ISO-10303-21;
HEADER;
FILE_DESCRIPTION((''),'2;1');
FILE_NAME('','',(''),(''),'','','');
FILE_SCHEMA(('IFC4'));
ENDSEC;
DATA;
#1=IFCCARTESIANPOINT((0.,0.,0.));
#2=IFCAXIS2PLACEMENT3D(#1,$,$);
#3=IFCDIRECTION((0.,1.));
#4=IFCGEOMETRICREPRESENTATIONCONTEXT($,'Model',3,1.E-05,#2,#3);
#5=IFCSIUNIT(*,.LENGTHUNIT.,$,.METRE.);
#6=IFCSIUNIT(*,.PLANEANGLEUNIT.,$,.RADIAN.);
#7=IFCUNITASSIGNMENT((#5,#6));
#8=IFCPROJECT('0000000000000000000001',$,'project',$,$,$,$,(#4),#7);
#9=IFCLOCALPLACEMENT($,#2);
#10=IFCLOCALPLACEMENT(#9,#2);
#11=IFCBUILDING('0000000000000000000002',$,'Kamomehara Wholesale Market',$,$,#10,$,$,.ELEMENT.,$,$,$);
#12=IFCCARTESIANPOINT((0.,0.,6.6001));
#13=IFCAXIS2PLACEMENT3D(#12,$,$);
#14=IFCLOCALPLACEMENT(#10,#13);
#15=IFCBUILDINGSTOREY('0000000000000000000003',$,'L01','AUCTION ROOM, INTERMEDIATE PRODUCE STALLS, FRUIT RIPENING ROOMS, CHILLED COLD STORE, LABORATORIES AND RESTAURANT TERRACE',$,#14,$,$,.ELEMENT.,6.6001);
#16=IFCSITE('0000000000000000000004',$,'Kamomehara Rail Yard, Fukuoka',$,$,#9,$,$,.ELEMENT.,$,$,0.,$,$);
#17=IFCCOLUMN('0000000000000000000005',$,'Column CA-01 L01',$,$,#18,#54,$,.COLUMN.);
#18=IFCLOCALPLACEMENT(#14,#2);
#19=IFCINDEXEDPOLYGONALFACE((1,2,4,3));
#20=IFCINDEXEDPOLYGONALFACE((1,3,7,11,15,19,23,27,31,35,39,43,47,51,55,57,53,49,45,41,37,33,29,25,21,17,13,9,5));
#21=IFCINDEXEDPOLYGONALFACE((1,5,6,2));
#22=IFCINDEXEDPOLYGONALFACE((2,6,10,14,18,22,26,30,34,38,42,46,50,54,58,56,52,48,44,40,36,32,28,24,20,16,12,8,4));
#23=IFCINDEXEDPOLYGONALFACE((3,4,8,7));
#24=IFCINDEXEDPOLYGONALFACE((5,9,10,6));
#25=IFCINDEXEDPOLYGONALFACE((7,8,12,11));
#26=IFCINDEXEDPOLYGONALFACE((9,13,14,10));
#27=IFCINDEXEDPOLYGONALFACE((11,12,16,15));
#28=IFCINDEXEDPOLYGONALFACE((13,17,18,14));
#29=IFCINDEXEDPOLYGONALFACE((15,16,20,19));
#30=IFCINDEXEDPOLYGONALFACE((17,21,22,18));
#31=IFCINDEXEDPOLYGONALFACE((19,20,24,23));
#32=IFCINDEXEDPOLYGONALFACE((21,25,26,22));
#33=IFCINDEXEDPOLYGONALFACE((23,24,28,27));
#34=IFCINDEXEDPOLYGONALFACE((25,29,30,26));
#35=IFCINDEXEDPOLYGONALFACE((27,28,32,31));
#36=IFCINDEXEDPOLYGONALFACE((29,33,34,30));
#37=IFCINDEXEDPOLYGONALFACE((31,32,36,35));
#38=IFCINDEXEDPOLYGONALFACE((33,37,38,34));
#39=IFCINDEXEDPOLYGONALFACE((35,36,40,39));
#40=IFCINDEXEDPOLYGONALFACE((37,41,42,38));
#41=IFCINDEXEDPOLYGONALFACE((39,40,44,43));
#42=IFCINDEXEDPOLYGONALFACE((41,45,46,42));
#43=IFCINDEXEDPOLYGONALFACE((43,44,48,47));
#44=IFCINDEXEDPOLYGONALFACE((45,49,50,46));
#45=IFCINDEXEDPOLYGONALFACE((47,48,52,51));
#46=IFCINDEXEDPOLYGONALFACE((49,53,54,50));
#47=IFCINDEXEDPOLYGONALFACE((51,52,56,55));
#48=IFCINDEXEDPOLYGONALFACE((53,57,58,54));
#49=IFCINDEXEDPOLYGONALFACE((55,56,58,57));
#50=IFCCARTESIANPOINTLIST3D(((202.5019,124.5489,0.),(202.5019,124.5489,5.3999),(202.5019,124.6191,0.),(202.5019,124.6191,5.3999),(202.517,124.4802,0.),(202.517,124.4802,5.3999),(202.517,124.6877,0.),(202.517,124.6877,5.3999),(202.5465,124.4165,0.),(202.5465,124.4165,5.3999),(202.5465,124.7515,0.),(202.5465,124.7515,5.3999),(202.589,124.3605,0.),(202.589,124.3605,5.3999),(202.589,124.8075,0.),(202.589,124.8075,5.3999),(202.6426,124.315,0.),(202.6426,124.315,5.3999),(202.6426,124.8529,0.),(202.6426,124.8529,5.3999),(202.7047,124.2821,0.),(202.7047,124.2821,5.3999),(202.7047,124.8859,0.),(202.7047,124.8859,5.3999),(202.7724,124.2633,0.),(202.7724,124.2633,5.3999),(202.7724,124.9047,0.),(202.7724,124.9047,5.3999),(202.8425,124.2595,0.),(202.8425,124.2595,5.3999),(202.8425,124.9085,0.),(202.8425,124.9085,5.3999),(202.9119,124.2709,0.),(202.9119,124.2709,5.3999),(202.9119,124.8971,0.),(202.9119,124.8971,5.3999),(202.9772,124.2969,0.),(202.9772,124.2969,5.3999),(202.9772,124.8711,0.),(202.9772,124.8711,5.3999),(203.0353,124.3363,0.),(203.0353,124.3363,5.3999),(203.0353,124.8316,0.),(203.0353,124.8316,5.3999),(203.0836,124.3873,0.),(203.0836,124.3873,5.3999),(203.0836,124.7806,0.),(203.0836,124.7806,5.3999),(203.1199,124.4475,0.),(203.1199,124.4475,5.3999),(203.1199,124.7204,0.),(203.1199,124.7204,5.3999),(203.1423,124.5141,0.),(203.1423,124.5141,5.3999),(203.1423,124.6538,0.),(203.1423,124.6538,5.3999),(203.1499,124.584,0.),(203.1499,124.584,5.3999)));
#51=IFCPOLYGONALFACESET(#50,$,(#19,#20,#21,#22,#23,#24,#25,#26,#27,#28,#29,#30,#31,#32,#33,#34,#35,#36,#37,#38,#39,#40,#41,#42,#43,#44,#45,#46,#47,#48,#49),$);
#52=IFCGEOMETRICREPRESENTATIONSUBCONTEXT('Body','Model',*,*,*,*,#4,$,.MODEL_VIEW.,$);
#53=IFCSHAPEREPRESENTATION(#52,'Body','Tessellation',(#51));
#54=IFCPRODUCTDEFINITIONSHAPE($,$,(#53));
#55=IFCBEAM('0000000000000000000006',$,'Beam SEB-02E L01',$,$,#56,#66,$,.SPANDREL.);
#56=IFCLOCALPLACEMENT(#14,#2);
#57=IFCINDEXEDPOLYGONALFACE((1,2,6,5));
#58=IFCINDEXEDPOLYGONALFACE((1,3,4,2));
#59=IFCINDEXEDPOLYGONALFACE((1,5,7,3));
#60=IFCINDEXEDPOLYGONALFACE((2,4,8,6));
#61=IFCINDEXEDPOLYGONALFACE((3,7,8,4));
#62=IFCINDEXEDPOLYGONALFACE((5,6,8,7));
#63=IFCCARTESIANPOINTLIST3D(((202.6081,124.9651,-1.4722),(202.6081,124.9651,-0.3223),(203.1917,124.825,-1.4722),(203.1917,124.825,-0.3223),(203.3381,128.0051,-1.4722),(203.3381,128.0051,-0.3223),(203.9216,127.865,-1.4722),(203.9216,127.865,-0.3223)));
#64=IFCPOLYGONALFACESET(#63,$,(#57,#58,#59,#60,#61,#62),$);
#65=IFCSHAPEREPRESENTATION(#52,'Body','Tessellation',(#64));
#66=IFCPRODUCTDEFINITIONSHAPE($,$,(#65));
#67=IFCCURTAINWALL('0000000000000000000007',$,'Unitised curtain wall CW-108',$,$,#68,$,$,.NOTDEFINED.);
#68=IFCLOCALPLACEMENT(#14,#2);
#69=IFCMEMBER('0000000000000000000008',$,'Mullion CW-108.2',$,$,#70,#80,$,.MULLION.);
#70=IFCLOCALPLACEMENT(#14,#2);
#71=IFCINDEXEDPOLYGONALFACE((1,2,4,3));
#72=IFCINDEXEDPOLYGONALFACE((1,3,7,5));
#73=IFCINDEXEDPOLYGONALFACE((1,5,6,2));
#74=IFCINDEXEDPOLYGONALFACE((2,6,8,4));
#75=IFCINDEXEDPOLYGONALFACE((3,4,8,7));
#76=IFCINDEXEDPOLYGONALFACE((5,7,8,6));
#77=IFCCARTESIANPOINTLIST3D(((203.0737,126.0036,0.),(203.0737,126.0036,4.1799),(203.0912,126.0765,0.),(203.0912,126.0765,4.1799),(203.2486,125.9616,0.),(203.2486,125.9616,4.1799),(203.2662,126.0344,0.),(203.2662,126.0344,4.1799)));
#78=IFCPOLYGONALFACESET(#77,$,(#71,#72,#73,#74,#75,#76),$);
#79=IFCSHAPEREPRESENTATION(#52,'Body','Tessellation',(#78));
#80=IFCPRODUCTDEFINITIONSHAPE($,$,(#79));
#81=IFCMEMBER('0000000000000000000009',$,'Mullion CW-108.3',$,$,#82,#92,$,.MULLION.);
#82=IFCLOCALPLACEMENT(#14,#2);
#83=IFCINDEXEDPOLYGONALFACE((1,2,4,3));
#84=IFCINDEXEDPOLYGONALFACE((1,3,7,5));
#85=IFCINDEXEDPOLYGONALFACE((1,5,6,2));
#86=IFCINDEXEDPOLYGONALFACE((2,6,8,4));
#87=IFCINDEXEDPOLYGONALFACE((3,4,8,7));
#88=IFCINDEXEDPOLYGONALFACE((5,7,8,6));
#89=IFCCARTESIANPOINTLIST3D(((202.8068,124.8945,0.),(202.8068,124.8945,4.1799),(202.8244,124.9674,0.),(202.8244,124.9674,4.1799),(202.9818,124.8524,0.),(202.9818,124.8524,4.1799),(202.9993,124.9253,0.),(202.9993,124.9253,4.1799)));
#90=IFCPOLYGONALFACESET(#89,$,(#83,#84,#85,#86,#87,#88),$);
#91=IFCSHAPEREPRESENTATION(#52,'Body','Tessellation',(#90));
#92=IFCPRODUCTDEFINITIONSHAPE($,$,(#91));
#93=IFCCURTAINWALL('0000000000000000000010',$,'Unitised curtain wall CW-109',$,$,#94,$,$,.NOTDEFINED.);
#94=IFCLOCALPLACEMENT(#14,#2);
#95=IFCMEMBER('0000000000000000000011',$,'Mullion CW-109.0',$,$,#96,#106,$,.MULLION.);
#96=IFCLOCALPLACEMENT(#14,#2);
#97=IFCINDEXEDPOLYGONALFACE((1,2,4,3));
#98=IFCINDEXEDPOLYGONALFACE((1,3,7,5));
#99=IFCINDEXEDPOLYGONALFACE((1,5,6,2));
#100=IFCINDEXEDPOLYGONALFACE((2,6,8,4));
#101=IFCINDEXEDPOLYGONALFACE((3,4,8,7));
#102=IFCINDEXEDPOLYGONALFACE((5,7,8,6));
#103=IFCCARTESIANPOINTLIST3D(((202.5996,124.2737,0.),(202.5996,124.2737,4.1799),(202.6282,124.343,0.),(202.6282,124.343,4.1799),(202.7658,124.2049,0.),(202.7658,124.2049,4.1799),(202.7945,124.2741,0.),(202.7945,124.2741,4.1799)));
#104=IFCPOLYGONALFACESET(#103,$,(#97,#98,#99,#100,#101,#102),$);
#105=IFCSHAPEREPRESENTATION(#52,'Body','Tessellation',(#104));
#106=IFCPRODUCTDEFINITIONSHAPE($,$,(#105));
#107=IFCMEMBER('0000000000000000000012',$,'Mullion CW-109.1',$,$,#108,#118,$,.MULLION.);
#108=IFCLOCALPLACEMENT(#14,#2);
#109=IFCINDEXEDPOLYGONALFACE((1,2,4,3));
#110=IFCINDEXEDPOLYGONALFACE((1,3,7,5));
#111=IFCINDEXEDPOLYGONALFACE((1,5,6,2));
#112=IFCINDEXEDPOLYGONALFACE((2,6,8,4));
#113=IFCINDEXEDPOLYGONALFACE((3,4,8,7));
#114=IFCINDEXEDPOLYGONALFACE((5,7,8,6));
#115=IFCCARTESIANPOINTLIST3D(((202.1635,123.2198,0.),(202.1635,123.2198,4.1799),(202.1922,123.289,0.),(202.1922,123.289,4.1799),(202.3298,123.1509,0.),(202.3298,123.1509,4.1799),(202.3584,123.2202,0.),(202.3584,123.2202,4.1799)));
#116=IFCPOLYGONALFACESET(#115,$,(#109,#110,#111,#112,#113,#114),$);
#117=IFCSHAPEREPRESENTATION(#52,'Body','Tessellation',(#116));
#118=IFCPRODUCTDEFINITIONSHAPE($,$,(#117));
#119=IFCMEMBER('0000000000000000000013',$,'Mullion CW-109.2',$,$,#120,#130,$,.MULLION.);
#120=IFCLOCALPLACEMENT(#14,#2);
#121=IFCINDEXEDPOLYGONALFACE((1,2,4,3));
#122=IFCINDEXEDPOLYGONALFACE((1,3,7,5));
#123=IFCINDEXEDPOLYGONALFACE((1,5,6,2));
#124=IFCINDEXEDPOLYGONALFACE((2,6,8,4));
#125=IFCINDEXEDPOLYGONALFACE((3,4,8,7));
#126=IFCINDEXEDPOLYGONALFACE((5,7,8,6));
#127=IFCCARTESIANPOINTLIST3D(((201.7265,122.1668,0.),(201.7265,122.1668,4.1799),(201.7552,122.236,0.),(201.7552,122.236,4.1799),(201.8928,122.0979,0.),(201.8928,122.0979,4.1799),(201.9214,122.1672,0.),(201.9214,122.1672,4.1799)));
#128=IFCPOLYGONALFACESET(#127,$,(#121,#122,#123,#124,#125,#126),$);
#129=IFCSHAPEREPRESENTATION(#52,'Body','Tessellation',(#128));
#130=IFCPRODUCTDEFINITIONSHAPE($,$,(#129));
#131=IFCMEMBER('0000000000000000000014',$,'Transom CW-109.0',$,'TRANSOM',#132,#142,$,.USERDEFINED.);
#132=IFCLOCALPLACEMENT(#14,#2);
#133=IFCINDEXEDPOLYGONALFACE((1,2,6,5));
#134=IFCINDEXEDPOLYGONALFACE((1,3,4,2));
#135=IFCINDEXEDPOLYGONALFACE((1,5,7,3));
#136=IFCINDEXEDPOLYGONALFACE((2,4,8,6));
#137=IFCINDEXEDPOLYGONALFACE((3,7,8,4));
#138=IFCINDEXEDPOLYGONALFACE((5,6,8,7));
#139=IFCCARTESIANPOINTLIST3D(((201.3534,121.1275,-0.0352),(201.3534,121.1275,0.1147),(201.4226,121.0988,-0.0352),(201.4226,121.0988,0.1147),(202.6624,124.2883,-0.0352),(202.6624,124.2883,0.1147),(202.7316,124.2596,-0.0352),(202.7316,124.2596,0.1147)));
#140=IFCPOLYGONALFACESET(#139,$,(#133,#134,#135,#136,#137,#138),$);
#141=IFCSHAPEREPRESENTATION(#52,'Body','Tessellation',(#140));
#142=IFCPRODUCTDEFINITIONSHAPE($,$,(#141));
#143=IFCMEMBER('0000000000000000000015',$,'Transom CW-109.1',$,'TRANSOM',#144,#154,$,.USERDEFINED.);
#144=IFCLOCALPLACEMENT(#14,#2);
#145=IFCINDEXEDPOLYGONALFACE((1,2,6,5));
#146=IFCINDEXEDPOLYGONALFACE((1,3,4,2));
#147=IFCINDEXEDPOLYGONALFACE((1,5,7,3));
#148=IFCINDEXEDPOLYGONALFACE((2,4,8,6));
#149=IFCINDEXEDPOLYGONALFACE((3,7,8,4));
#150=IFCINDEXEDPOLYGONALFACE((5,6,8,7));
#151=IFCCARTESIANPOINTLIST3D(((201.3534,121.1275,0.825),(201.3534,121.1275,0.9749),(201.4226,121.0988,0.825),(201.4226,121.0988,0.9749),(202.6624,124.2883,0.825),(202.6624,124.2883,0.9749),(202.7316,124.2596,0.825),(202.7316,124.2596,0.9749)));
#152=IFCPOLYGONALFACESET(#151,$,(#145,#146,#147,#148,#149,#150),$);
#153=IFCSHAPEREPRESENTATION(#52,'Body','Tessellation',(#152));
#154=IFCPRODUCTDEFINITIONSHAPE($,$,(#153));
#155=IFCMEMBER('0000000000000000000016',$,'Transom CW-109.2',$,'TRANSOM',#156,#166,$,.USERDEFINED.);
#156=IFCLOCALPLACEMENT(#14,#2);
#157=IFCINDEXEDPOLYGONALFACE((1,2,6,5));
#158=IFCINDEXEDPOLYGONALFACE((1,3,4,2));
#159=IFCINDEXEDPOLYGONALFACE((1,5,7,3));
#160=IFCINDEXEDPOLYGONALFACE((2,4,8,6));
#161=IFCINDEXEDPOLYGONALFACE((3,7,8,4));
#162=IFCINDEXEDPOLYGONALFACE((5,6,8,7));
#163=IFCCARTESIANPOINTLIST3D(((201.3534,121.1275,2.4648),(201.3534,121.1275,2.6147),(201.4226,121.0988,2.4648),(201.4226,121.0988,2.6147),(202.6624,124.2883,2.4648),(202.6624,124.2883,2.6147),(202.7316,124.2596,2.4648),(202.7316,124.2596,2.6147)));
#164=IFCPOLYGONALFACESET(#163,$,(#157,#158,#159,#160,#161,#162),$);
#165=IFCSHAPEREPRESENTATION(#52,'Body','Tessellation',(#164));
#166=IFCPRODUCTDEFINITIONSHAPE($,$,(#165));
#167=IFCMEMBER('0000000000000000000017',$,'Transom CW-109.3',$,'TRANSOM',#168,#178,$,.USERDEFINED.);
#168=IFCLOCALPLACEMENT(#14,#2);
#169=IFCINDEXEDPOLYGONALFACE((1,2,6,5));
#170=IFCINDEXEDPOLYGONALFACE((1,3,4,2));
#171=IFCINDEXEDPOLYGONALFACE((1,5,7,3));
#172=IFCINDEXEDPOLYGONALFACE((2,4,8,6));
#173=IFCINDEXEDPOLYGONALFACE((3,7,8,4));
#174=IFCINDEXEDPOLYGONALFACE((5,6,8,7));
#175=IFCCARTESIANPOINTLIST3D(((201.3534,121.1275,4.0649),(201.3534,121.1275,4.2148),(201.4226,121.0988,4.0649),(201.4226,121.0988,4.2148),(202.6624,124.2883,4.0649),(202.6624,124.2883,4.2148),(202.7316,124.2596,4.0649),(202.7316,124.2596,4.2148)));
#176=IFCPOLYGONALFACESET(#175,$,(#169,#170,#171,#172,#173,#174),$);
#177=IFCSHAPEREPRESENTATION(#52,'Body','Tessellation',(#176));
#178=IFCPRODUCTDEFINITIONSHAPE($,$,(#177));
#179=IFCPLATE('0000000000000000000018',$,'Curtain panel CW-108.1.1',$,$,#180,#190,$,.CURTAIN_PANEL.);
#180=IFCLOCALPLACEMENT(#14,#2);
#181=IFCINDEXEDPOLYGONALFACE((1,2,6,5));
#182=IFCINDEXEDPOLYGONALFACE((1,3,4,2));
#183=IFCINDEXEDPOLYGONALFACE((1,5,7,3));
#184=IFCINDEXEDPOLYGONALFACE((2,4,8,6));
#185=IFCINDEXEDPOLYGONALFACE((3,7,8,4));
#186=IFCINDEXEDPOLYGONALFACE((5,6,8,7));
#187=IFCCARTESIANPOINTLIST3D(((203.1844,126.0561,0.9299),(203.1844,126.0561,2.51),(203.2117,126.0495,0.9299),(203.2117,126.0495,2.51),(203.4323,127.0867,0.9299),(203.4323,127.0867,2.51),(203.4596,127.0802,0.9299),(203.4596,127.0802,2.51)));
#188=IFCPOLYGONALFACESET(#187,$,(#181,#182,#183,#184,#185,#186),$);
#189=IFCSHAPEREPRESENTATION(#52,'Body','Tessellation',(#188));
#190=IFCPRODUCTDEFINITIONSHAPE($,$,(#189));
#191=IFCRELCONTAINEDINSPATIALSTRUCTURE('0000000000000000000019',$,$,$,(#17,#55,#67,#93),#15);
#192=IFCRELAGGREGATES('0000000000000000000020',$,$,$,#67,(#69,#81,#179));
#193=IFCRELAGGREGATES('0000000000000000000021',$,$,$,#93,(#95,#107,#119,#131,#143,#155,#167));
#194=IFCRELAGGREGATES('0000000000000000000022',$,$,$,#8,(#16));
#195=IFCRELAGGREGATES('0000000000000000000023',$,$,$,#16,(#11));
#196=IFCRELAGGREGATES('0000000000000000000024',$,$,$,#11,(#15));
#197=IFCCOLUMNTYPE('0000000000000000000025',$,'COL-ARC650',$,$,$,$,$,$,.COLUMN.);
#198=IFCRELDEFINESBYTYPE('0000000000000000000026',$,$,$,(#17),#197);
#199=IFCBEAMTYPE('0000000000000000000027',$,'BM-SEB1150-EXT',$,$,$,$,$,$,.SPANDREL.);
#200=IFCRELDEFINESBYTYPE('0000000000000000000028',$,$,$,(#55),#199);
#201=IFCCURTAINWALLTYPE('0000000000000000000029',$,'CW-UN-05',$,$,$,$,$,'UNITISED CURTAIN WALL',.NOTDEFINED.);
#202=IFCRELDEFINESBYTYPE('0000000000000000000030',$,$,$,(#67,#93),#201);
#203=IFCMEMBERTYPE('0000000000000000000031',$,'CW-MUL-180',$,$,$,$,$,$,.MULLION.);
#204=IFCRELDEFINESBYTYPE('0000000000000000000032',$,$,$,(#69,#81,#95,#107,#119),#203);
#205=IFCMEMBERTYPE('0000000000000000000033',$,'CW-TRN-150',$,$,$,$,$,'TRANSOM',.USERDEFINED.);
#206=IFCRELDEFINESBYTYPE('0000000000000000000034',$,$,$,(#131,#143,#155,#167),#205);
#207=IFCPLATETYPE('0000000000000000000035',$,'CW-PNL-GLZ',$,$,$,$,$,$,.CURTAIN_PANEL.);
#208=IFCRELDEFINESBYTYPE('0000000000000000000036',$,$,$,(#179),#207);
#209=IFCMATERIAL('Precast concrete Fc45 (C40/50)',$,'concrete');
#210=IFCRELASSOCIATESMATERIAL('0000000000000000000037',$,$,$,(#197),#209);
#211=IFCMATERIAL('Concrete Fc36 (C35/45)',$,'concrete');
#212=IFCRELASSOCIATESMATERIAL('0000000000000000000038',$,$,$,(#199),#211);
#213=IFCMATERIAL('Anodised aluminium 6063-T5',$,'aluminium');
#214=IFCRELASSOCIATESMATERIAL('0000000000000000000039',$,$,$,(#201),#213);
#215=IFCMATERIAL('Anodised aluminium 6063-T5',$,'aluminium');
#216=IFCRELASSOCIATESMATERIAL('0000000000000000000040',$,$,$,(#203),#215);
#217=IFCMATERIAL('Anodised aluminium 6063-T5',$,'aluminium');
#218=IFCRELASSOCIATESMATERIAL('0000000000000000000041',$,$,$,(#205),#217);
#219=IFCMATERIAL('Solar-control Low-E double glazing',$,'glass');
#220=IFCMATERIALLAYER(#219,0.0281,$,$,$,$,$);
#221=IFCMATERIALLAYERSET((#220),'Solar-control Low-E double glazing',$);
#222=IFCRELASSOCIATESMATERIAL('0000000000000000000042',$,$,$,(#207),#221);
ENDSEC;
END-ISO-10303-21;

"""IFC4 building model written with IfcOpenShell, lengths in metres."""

from ifc_helpers import new_model, si_unit, direction, frame, origin, origin_2d, place, context, subcontext, project, spatial, rectangle, circle, extrude, material, layer, layer_set, material_profile, profile_set, type_object, element, aggregate, save


model = new_model("IFC4")

# Units and contexts
model_context = context("Model", 3, precision=1e-05, world=origin(), true_north=direction((0.0, 1.0)))
body_context = subcontext(model_context, "Body", "Model", "MODEL_VIEW")
ifc_project = project(units=[si_unit("LENGTHUNIT", "METRE"), si_unit("PLANEANGLEUNIT", "RADIAN")], contexts=[model_context])

# Site, building, storey
site_placement = place(None, origin())
site = spatial("IfcSite", under=ifc_project, at=site_placement, Name="Kamomehara Rail Yard, Fukuoka", CompositionType="ELEMENT", RefElevation=0.0)
building_placement = place(site_placement, origin())
building = spatial("IfcBuilding", under=site, at=building_placement, Name="Kamomehara Wholesale Market", CompositionType="ELEMENT")
storey_placement = place(building_placement, frame((0.0, 0.0, 6.6001)))
storey = spatial("IfcBuildingStorey", under=building, at=storey_placement, Name="L01", Description="AUCTION ROOM, INTERMEDIATE PRODUCE STALLS, FRUIT RIPENING ROOMS, CHILLED COLD STORE, LABORATORIES AND RESTAURANT TERRACE", CompositionType="ELEMENT", Elevation=6.6001)

# Column
ifc_material_1 = material(Name="Precast concrete Fc45 (C40/50)", Category="concrete")
ifc_material_profile_1 = material_profile(ifc_material_1, circle(Radius=0.325, at=origin_2d()), Name="PC-ARC-D650")
ifc_profile_set_1 = profile_set([ifc_material_profile_1], Name="Precast concrete Fc45 (C40/50)")
column_type = type_object("IfcColumnType", Name="COL-ARC650", PredefinedType="COLUMN", material=ifc_profile_set_1)
column_placement = place(storey_placement, frame((202.825, 124.584, 0.0), z_axis=(0.0, 0.0, 1.0), x_axis=(1.0, 0.0, 0.0)))
element("IfcColumn", 1, at=column_placement, inside=storey, type_object=column_type, Name="Column CA-01 L01", PredefinedType="COLUMN", context=body_context, shape_type="SweptSolid", body=[
    extrude(circle(Radius=0.325, at=origin_2d()), origin(), (0.0, 0.0, 1.0), 5.3999),
])

# Beam
ifc_material_2 = material(Name="Concrete Fc36 (C35/45)", Category="concrete")
ifc_material_profile_2 = material_profile(ifc_material_2, rectangle(XDim=0.6001, YDim=1.1499, at=origin_2d()), Name="RC-SEB-600x1150")
ifc_profile_set_2 = profile_set([ifc_material_profile_2], Name="Concrete Fc36 (C35/45)")
beam_type = type_object("IfcBeamType", Name="BM-SEB1150-EXT", PredefinedType="SPANDREL", material=ifc_profile_set_2)
beam_placement = place(storey_placement, frame((202.8999, 124.895, -0.8972), z_axis=(0.233485, 0.97236, 0.0), x_axis=(-0.97236, 0.233485, 0.0)))
element("IfcBeam", 2, at=beam_placement, inside=storey, type_object=beam_type, Name="Beam SEB-02E L01", PredefinedType="SPANDREL", context=body_context, shape_type="SweptSolid", body=[
    extrude(rectangle(XDim=0.6001, YDim=1.1499, at=origin_2d()), origin(), (0.0, 0.0, 1.0), 3.1265),
])

# Curtain walls, members
ifc_material_3 = material(Name="Anodised aluminium 6063-T5", Category="aluminium")
curtain_wall_type = type_object("IfcCurtainWallType", Name="CW-UN-05", ElementType="UNITISED CURTAIN WALL", PredefinedType="NOTDEFINED", material=ifc_material_3)
curtain_wall_1_placement = place(storey_placement, origin())
curtain_wall_1 = element("IfcCurtainWall", 3, at=curtain_wall_1_placement, inside=storey, type_object=curtain_wall_type, Name="Unitised curtain wall CW-108", PredefinedType="NOTDEFINED")
ifc_material_4 = material(Name="Anodised aluminium 6063-T5", Category="aluminium")
ifc_material_profile_3 = material_profile(ifc_material_4, rectangle(XDim=0.075, YDim=0.1799, at=origin_2d()), Name="ALU-MUL-75x180")
ifc_profile_set_3 = profile_set([ifc_material_profile_3], Name="Anodised aluminium 6063-T5")
member_type_1 = type_object("IfcMemberType", Name="CW-MUL-180", PredefinedType="MULLION", material=ifc_profile_set_3)
member_1_placement = place(storey_placement, frame((203.1699, 126.019, 0.0), z_axis=(0.0, 0.0, 1.0), x_axis=(-0.233859, -0.97227, 0.0)))
member_1 = element("IfcMember", 4, at=member_1_placement, type_object=member_type_1, Name="Mullion CW-108.2", PredefinedType="MULLION", context=body_context, shape_type="SweptSolid", body=[
    extrude(rectangle(XDim=0.075, YDim=0.1799, at=origin_2d()), origin(), (0.0, 0.0, 1.0), 4.1799),
])
member_2_placement = place(storey_placement, frame((202.9031, 124.9099, 0.0), z_axis=(0.0, 0.0, 1.0), x_axis=(-0.233859, -0.97227, 0.0)))
member_2 = element("IfcMember", 5, at=member_2_placement, type_object=member_type_1, Name="Mullion CW-108.3", PredefinedType="MULLION", context=body_context, shape_type="SweptSolid", body=[
    extrude(rectangle(XDim=0.075, YDim=0.1799, at=origin_2d()), origin(), (0.0, 0.0, 1.0), 4.1799),
])
curtain_wall_2_placement = place(storey_placement, origin())
curtain_wall_2 = element("IfcCurtainWall", 6, at=curtain_wall_2_placement, inside=storey, type_object=curtain_wall_type, Name="Unitised curtain wall CW-109", PredefinedType="NOTDEFINED")
member_3_placement = place(storey_placement, frame((202.697, 124.2739, 0.0), z_axis=(0.0, 0.0, 1.0), x_axis=(-0.382601, -0.923914, 0.0)))
member_3 = element("IfcMember", 7, at=member_3_placement, type_object=member_type_1, Name="Mullion CW-109.0", PredefinedType="MULLION", context=body_context, shape_type="SweptSolid", body=[
    extrude(rectangle(XDim=0.075, YDim=0.1799, at=origin_2d()), origin(), (0.0, 0.0, 1.0), 4.1799),
])
member_4_placement = place(storey_placement, frame((202.261, 123.22, 0.0), z_axis=(0.0, 0.0, 1.0), x_axis=(-0.382601, -0.923914, 0.0)))
member_4 = element("IfcMember", 8, at=member_4_placement, type_object=member_type_1, Name="Mullion CW-109.1", PredefinedType="MULLION", context=body_context, shape_type="SweptSolid", body=[
    extrude(rectangle(XDim=0.075, YDim=0.1799, at=origin_2d()), origin(), (0.0, 0.0, 1.0), 4.1799),
])
member_5_placement = place(storey_placement, frame((201.824, 122.167, 0.0), z_axis=(0.0, 0.0, 1.0), x_axis=(-0.382601, -0.923914, 0.0)))
member_5 = element("IfcMember", 9, at=member_5_placement, type_object=member_type_1, Name="Mullion CW-109.2", PredefinedType="MULLION", context=body_context, shape_type="SweptSolid", body=[
    extrude(rectangle(XDim=0.075, YDim=0.1799, at=origin_2d()), origin(), (0.0, 0.0, 1.0), 4.1799),
])
ifc_material_5 = material(Name="Anodised aluminium 6063-T5", Category="aluminium")
ifc_material_profile_4 = material_profile(ifc_material_5, rectangle(XDim=0.075, YDim=0.1499, at=origin_2d()), Name="ALU-TRN-75x150")
ifc_profile_set_4 = profile_set([ifc_material_profile_4], Name="Anodised aluminium 6063-T5")
member_type_2 = type_object("IfcMemberType", Name="CW-TRN-150", ElementType="TRANSOM", PredefinedType="USERDEFINED", material=ifc_profile_set_4)
member_6_placement = place(storey_placement, frame((202.697, 124.2739, 0.0398), z_axis=(-0.382633, -0.9239, 0.0), x_axis=(0.9239, -0.382633, 0.0)))
member_6 = element("IfcMember", 10, at=member_6_placement, type_object=member_type_2, Name="Transom CW-109.0", ObjectType="TRANSOM", PredefinedType="USERDEFINED", context=body_context, shape_type="SweptSolid", body=[
    extrude(rectangle(XDim=0.075, YDim=0.1499, at=origin_2d()), origin(), (0.0, 0.0, 1.0), 3.4211),
])
member_7_placement = place(storey_placement, frame((202.697, 124.2739, 0.8999), z_axis=(-0.382633, -0.9239, 0.0), x_axis=(0.9239, -0.382633, 0.0)))
member_7 = element("IfcMember", 11, at=member_7_placement, type_object=member_type_2, Name="Transom CW-109.1", ObjectType="TRANSOM", PredefinedType="USERDEFINED", context=body_context, shape_type="SweptSolid", body=[
    extrude(rectangle(XDim=0.075, YDim=0.1499, at=origin_2d()), origin(), (0.0, 0.0, 1.0), 3.4211),
])
member_8_placement = place(storey_placement, frame((202.697, 124.2739, 2.5398), z_axis=(-0.382633, -0.9239, 0.0), x_axis=(0.9239, -0.382633, 0.0)))
member_8 = element("IfcMember", 12, at=member_8_placement, type_object=member_type_2, Name="Transom CW-109.2", ObjectType="TRANSOM", PredefinedType="USERDEFINED", context=body_context, shape_type="SweptSolid", body=[
    extrude(rectangle(XDim=0.075, YDim=0.1499, at=origin_2d()), origin(), (0.0, 0.0, 1.0), 3.4211),
])
member_9_placement = place(storey_placement, frame((202.697, 124.2739, 4.1399), z_axis=(-0.382633, -0.9239, 0.0), x_axis=(0.9239, -0.382633, 0.0)))
member_9 = element("IfcMember", 13, at=member_9_placement, type_object=member_type_2, Name="Transom CW-109.3", ObjectType="TRANSOM", PredefinedType="USERDEFINED", context=body_context, shape_type="SweptSolid", body=[
    extrude(rectangle(XDim=0.075, YDim=0.1499, at=origin_2d()), origin(), (0.0, 0.0, 1.0), 3.4211),
])

# Plate
ifc_material_6 = material(Name="Solar-control Low-E double glazing", Category="glass")
ifc_layer_1 = layer(ifc_material_6, 0.0281)
ifc_layer_set_1 = layer_set([ifc_layer_1], Name="Solar-control Low-E double glazing")
plate_type_1 = type_object("IfcPlateType", Name="CW-PNL-GLZ", PredefinedType="CURTAIN_PANEL", material=ifc_layer_set_1)
plate_1_placement = place(storey_placement, frame((203.322, 126.5681, 0.9299), z_axis=(0.0, 0.0, 1.0), x_axis=(-0.233853, -0.972272, 0.0)))
plate_1 = element("IfcPlate", 14, at=plate_1_placement, type_object=plate_type_1, Name="Curtain panel CW-108.1.1", PredefinedType="CURTAIN_PANEL", context=body_context, shape_type="SweptSolid", body=[
    extrude(rectangle(XDim=1.0601, YDim=0.0281, at=origin_2d()), origin(), (0.0, 0.0, 1.0), 1.5801),
])
aggregate(curtain_wall_1, [member_1, member_2, plate_1])
aggregate(curtain_wall_2, [member_3, member_4, member_5, member_6, member_7, member_8, member_9])

save(model, "model.ifc")
